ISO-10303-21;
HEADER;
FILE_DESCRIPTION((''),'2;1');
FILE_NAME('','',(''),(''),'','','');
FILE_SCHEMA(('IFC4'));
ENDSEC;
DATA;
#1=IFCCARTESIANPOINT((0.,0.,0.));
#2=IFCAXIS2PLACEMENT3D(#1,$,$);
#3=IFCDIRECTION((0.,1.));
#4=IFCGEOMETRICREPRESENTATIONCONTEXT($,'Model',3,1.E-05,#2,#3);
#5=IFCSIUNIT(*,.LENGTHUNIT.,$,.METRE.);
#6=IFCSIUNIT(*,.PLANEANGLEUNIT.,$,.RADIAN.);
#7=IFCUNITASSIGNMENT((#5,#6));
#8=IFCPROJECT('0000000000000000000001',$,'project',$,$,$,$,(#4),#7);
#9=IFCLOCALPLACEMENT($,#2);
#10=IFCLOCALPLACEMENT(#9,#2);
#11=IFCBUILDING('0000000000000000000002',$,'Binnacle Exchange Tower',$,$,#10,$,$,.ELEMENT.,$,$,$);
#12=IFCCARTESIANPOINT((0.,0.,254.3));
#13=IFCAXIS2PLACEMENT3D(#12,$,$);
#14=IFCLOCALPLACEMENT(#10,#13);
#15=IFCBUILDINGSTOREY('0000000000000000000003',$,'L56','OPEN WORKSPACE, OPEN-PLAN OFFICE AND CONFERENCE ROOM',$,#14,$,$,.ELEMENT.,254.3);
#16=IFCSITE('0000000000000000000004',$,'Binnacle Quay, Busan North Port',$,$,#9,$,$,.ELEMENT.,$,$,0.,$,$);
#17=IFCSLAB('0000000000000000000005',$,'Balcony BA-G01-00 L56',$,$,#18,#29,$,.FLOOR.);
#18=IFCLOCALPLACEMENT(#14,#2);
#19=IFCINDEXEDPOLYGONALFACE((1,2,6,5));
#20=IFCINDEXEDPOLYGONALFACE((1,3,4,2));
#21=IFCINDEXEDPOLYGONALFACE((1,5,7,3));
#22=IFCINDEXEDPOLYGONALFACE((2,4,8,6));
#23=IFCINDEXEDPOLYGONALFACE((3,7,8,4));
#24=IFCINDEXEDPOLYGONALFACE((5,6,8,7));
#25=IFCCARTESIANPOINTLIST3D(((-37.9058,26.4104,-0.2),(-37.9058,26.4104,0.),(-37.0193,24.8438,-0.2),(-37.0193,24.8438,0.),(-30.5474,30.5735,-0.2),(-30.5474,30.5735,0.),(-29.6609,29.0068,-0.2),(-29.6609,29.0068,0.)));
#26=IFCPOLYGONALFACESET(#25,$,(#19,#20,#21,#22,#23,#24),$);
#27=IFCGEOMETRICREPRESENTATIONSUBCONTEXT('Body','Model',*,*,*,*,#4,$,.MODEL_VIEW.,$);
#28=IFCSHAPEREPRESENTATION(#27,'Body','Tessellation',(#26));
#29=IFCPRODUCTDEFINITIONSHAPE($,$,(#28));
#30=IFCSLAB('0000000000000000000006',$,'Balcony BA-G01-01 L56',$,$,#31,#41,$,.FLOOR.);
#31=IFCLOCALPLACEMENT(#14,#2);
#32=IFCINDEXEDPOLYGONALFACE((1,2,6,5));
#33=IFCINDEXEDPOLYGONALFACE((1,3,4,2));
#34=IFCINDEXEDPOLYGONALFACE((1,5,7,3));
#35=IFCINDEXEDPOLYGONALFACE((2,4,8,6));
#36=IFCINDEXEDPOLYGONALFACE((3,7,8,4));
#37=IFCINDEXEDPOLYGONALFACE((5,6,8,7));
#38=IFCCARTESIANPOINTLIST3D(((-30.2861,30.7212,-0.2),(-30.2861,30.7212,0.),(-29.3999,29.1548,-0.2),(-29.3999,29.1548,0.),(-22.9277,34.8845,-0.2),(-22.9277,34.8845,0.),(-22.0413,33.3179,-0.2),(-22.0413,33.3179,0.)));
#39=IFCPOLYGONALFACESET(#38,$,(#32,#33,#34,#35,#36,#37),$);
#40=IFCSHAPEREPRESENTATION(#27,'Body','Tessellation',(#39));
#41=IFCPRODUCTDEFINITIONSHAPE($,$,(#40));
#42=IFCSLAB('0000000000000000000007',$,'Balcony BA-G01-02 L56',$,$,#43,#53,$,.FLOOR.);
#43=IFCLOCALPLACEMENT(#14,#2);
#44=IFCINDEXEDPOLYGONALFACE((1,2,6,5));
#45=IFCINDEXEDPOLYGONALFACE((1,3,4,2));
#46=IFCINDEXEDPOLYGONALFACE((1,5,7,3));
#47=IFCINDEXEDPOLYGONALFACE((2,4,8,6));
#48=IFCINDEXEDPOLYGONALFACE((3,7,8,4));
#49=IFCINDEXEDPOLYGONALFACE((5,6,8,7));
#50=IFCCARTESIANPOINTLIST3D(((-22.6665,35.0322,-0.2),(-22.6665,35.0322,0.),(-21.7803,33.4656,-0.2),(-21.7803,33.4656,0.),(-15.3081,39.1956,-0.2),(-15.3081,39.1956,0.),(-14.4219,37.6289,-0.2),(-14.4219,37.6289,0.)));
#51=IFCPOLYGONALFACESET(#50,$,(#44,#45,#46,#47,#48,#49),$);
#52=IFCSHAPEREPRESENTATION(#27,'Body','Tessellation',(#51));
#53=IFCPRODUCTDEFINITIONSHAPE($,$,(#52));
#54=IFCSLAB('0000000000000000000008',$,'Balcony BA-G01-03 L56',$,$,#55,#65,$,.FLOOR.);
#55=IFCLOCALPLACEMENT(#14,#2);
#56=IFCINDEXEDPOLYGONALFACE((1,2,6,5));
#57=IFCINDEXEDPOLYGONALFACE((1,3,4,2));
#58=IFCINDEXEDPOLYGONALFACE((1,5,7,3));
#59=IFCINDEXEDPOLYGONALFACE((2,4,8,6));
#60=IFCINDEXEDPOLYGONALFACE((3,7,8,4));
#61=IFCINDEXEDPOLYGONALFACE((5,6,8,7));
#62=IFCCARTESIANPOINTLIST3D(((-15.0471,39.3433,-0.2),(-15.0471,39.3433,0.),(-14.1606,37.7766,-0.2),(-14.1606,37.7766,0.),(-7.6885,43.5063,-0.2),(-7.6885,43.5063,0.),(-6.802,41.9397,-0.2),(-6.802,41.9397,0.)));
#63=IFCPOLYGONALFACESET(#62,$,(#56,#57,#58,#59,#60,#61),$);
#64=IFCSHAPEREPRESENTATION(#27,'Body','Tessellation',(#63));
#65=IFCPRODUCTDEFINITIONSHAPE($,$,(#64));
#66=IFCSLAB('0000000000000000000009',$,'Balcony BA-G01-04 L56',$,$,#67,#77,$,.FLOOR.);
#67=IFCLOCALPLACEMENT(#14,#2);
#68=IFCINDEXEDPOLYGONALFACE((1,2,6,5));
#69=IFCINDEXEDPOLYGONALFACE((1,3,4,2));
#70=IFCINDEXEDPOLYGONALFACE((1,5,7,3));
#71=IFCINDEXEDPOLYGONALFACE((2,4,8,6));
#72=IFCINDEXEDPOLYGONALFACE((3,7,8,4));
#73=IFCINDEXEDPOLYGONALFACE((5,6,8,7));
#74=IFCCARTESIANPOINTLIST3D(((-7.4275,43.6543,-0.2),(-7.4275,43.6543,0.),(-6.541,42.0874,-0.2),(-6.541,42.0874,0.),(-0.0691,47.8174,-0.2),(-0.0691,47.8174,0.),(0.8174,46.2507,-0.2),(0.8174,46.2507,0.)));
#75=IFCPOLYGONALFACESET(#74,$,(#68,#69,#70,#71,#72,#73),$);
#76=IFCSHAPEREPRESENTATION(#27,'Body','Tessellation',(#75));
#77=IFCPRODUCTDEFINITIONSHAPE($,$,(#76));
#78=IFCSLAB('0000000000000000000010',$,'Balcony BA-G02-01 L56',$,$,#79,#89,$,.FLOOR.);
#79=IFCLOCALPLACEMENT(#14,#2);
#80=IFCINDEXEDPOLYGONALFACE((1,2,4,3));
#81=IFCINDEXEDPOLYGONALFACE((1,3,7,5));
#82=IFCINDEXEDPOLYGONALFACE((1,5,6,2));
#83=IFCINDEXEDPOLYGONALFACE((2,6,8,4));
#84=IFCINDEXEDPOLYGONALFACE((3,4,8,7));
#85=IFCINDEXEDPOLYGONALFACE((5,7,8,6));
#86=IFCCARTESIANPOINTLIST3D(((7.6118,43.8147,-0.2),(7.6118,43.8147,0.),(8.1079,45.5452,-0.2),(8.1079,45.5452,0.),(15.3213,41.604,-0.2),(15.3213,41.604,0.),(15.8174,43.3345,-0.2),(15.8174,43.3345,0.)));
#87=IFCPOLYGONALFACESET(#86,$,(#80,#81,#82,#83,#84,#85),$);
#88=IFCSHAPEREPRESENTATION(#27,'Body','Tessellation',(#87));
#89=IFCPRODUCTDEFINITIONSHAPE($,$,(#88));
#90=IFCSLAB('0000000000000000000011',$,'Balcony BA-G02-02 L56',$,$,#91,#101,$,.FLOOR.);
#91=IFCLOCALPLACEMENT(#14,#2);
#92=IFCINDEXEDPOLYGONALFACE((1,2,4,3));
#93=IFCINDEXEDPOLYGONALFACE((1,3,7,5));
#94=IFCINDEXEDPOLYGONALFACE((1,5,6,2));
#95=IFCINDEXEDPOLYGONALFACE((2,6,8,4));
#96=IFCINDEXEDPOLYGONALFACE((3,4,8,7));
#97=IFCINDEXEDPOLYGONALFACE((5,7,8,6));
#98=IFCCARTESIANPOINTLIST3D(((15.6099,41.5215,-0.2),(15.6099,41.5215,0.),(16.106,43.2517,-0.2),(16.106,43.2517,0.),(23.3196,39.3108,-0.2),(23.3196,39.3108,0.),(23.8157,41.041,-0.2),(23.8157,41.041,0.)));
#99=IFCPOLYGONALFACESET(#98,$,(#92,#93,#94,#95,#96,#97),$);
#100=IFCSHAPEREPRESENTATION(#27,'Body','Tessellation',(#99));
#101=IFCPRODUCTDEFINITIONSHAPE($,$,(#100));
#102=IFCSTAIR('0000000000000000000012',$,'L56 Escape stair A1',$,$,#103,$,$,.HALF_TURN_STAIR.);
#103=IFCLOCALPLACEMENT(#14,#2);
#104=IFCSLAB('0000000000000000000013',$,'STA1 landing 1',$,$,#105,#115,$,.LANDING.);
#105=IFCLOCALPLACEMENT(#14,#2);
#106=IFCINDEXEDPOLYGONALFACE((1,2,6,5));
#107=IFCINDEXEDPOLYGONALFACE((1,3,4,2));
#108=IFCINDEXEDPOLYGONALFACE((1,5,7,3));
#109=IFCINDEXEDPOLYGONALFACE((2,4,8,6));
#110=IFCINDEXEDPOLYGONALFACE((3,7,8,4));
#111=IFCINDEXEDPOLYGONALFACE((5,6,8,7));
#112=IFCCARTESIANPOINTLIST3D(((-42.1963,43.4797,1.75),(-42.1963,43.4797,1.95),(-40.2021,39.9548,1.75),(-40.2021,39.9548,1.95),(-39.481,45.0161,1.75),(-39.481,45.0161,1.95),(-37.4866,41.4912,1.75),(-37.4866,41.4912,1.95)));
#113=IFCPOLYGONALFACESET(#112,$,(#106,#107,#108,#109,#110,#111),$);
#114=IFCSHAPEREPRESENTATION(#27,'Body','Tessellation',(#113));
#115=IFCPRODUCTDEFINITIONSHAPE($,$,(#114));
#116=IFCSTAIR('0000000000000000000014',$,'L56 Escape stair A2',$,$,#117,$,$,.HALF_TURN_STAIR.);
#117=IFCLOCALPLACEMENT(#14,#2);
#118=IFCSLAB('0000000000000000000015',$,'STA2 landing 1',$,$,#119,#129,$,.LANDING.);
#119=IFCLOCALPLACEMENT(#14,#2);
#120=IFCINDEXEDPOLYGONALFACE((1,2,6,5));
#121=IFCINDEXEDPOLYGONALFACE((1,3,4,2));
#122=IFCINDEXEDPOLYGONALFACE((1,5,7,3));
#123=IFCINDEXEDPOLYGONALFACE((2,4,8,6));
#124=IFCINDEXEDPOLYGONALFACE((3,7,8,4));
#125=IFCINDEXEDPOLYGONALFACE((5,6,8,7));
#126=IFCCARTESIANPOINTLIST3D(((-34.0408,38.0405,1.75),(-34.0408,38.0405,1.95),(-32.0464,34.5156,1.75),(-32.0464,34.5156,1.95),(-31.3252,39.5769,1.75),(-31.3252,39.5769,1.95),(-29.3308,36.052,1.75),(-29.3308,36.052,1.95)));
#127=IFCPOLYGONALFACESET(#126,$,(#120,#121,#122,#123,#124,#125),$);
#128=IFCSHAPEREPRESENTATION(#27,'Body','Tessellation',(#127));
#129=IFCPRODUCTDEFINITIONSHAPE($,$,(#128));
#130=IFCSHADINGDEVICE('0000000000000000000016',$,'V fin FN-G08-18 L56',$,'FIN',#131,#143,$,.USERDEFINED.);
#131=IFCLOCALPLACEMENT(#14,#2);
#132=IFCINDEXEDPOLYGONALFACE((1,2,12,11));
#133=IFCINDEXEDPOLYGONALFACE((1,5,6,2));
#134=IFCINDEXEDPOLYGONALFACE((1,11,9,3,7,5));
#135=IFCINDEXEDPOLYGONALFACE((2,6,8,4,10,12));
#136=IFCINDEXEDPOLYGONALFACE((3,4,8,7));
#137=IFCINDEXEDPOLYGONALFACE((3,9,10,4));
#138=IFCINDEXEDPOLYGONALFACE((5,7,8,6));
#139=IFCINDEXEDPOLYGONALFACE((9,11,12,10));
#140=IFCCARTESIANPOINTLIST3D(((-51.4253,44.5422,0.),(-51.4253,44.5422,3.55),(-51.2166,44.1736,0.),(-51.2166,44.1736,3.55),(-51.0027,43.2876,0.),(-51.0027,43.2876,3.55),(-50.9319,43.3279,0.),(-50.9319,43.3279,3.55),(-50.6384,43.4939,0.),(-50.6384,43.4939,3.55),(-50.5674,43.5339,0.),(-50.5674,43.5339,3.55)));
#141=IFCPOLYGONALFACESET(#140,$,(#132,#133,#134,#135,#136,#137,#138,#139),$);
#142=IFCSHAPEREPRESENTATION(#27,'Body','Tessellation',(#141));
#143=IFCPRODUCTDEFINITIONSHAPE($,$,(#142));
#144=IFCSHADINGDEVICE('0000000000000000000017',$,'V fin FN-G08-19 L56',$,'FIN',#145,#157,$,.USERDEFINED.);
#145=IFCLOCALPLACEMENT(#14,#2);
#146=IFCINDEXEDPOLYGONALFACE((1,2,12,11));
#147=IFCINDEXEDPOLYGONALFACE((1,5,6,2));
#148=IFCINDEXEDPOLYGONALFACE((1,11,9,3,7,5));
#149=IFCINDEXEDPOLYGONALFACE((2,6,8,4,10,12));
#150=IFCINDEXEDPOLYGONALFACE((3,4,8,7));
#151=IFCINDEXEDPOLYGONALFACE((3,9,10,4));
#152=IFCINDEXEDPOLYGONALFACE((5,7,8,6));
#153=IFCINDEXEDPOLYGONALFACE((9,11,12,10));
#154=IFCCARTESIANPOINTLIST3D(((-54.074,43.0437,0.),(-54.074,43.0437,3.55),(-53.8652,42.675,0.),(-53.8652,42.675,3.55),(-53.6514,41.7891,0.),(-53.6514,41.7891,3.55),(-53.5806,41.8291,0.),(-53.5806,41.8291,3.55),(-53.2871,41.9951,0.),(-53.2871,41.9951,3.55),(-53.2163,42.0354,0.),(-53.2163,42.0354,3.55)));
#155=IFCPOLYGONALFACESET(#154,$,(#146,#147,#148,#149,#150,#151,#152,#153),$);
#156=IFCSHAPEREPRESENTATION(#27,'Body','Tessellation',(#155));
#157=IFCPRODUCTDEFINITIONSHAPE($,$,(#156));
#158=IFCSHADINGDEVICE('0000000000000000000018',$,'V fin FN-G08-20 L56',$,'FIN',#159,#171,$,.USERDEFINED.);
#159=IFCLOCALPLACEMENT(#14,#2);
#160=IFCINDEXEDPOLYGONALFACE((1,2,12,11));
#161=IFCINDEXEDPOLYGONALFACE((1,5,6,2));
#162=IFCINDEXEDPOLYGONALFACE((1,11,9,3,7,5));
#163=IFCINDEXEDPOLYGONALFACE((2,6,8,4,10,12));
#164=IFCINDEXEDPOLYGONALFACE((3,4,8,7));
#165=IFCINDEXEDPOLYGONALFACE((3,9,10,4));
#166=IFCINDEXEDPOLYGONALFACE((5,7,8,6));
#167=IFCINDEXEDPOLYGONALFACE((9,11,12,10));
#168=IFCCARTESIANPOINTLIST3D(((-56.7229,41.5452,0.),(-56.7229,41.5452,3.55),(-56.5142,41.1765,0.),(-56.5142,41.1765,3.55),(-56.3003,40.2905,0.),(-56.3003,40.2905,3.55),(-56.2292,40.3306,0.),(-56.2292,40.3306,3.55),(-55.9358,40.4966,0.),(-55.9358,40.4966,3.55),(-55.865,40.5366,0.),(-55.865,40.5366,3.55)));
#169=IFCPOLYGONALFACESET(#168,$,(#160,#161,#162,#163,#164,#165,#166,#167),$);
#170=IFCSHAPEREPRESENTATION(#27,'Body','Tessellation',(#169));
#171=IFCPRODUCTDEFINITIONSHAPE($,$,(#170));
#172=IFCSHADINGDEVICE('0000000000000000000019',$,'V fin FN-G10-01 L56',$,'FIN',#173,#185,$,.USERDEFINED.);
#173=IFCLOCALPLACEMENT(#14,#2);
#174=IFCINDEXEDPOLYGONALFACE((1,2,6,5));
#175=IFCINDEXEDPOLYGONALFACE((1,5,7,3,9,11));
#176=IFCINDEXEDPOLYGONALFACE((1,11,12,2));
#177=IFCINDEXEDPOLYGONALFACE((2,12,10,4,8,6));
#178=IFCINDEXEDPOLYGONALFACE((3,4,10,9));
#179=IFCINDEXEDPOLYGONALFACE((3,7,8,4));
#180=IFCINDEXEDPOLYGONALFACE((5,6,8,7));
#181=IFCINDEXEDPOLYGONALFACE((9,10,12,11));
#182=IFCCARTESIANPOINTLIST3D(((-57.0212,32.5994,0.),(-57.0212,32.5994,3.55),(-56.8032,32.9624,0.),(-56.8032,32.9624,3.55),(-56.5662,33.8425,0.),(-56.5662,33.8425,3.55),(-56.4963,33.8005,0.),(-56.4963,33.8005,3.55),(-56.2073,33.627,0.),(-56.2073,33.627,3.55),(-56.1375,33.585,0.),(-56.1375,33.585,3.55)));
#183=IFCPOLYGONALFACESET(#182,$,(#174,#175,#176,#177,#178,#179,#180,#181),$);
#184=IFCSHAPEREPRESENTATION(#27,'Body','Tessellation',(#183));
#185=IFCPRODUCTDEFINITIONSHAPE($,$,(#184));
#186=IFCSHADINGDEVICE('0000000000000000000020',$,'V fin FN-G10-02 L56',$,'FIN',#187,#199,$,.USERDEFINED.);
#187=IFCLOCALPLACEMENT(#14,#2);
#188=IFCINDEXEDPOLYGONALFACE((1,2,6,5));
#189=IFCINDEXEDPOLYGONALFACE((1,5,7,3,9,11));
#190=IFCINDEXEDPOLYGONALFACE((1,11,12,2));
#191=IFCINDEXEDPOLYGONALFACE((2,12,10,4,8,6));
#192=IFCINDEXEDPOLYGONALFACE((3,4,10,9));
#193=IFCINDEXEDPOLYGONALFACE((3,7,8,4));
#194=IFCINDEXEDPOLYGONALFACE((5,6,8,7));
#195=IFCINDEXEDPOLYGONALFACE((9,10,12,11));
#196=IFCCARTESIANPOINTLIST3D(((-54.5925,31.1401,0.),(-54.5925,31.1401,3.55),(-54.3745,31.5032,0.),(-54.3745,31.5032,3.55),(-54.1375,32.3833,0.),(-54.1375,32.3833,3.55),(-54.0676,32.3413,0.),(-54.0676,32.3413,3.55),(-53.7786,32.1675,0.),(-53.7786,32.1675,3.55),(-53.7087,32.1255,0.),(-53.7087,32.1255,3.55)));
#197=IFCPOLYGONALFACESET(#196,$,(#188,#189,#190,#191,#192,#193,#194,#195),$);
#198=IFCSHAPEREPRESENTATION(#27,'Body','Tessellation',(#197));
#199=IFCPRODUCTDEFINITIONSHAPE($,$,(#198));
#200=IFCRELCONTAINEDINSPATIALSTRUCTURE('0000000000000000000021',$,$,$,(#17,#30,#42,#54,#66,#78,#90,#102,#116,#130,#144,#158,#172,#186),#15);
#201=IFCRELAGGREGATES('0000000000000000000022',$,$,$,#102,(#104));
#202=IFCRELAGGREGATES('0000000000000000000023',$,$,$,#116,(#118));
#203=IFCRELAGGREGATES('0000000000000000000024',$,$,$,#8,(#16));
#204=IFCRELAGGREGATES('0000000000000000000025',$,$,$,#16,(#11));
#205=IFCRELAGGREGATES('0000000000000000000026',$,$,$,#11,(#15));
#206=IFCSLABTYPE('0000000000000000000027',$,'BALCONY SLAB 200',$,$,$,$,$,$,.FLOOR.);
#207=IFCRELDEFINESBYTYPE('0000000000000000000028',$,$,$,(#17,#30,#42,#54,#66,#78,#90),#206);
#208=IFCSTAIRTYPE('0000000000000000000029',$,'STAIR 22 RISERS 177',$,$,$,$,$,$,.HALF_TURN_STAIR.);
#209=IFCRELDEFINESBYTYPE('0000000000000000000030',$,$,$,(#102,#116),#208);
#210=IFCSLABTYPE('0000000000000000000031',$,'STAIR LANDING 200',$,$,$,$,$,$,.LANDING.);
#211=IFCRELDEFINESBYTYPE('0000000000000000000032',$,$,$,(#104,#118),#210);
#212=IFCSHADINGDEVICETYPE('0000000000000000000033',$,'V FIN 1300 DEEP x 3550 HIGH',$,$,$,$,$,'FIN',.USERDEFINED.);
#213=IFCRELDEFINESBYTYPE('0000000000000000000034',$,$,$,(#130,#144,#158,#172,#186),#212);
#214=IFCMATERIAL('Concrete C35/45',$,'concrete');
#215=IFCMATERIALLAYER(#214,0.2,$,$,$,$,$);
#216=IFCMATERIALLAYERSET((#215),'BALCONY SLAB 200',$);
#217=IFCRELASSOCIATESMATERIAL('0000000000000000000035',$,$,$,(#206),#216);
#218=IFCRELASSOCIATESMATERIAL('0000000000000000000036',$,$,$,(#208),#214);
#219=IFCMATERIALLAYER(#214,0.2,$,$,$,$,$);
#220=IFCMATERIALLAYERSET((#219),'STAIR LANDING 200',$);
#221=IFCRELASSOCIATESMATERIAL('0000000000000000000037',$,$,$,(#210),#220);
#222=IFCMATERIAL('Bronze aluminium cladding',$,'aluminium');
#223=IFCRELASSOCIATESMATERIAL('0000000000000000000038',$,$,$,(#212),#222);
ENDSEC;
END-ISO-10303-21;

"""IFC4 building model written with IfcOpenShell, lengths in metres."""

from ifc_helpers import new_model, si_unit, direction, frame, origin, place, context, subcontext, project, spatial, polyline, outline, extrude, material, layer, layer_set, type_object, element, aggregate, save


model = new_model("IFC4")

# Units and contexts
model_context = context("Model", 3, precision=1e-05, world=origin(), true_north=direction((0.0, 1.0)))
body_context = subcontext(model_context, "Body", "Model", "MODEL_VIEW")
ifc_project = project(units=[si_unit("LENGTHUNIT", "METRE"), si_unit("PLANEANGLEUNIT", "RADIAN")], contexts=[model_context])

# Site, building, storey
site_placement = place(None, origin())
site = spatial("IfcSite", under=ifc_project, at=site_placement, Name="Binnacle Quay, Busan North Port", CompositionType="ELEMENT", RefElevation=0.0)
building_placement = place(site_placement, origin())
building = spatial("IfcBuilding", under=site, at=building_placement, Name="Binnacle Exchange Tower", CompositionType="ELEMENT")
storey_placement = place(building_placement, frame((0.0, 0.0, 254.3)))
storey = spatial("IfcBuildingStorey", under=building, at=storey_placement, Name="L56", Description="OPEN WORKSPACE, OPEN-PLAN OFFICE AND CONFERENCE ROOM", CompositionType="ELEMENT", Elevation=254.3)

# Slabs
ifc_material_1 = material(Name="Concrete C35/45", Category="concrete")
ifc_layer_1 = layer(ifc_material_1, 0.2)
ifc_layer_set_1 = layer_set([ifc_layer_1], Name="BALCONY SLAB 200")
slab_type_1 = type_object("IfcSlabType", Name="BALCONY SLAB 200", PredefinedType="FLOOR", material=ifc_layer_set_1)
slab_1_placement = place(storey_placement, frame((0.0, 0.0, -0.2)))
element("IfcSlab", 1, at=slab_1_placement, inside=storey, type_object=slab_type_1, Name="Balcony BA-G01-00 L56", PredefinedType="FLOOR", context=body_context, shape_type="SweptSolid", body=[
    extrude(outline(polyline([(-37.9058, 26.4104), (-30.5474, 30.5735), (-29.6609, 29.0068), (-37.0193, 24.8438), (-37.9058, 26.4104)])), origin(), (0.0, 0.0, 1.0), 0.2),
])
slab_2_placement = place(storey_placement, frame((0.0, 0.0, -0.2)))
element("IfcSlab", 2, at=slab_2_placement, inside=storey, type_object=slab_type_1, Name="Balcony BA-G01-01 L56", PredefinedType="FLOOR", context=body_context, shape_type="SweptSolid", body=[
    extrude(outline(polyline([(-30.2861, 30.7212), (-22.9277, 34.8845), (-22.0413, 33.3179), (-29.3999, 29.1548), (-30.2861, 30.7212)])), origin(), (0.0, 0.0, 1.0), 0.2),
])
slab_3_placement = place(storey_placement, frame((0.0, 0.0, -0.2)))
element("IfcSlab", 3, at=slab_3_placement, inside=storey, type_object=slab_type_1, Name="Balcony BA-G01-02 L56", PredefinedType="FLOOR", context=body_context, shape_type="SweptSolid", body=[
    extrude(outline(polyline([(-22.6665, 35.0322), (-15.3081, 39.1956), (-14.4219, 37.6289), (-21.7803, 33.4656), (-22.6665, 35.0322)])), origin(), (0.0, 0.0, 1.0), 0.2),
])
slab_4_placement = place(storey_placement, frame((0.0, 0.0, -0.2)))
element("IfcSlab", 4, at=slab_4_placement, inside=storey, type_object=slab_type_1, Name="Balcony BA-G01-03 L56", PredefinedType="FLOOR", context=body_context, shape_type="SweptSolid", body=[
    extrude(outline(polyline([(-15.0471, 39.3433), (-7.6885, 43.5063), (-6.802, 41.9397), (-14.1606, 37.7766), (-15.0471, 39.3433)])), origin(), (0.0, 0.0, 1.0), 0.2),
])
slab_5_placement = place(storey_placement, frame((0.0, 0.0, -0.2)))
element("IfcSlab", 5, at=slab_5_placement, inside=storey, type_object=slab_type_1, Name="Balcony BA-G01-04 L56", PredefinedType="FLOOR", context=body_context, shape_type="SweptSolid", body=[
    extrude(outline(polyline([(-7.4275, 43.6543), (-0.0691, 47.8174), (0.8174, 46.2507), (-6.541, 42.0874), (-7.4275, 43.6543)])), origin(), (0.0, 0.0, 1.0), 0.2),
])
slab_6_placement = place(storey_placement, frame((0.0, 0.0, -0.2)))
element("IfcSlab", 6, at=slab_6_placement, inside=storey, type_object=slab_type_1, Name="Balcony BA-G02-01 L56", PredefinedType="FLOOR", context=body_context, shape_type="SweptSolid", body=[
    extrude(outline(polyline([(8.1079, 45.5452), (15.8174, 43.3345), (15.3213, 41.604), (7.6118, 43.8147), (8.1079, 45.5452)])), origin(), (0.0, 0.0, 1.0), 0.2),
])
slab_7_placement = place(storey_placement, frame((0.0, 0.0, -0.2)))
element("IfcSlab", 7, at=slab_7_placement, inside=storey, type_object=slab_type_1, Name="Balcony BA-G02-02 L56", PredefinedType="FLOOR", context=body_context, shape_type="SweptSolid", body=[
    extrude(outline(polyline([(16.106, 43.2517), (23.8157, 41.041), (23.3196, 39.3108), (15.6099, 41.5215), (16.106, 43.2517)])), origin(), (0.0, 0.0, 1.0), 0.2),
])

# Stairs, slabs
stair_type = type_object("IfcStairType", Name="STAIR 22 RISERS 177", PredefinedType="HALF_TURN_STAIR", material=ifc_material_1)
stair_1_placement = place(storey_placement, origin())
stair_1 = element("IfcStair", 8, at=stair_1_placement, inside=storey, type_object=stair_type, Name="L56 Escape stair A1", PredefinedType="HALF_TURN_STAIR")
ifc_layer_2 = layer(ifc_material_1, 0.2)
ifc_layer_set_2 = layer_set([ifc_layer_2], Name="STAIR LANDING 200")
slab_type_2 = type_object("IfcSlabType", Name="STAIR LANDING 200", PredefinedType="LANDING", material=ifc_layer_set_2)
slab_8_placement = place(storey_placement, frame((0.0, 0.0, 1.75)))
slab_8 = element("IfcSlab", 9, at=slab_8_placement, type_object=slab_type_2, Name="STA1 landing 1", PredefinedType="LANDING", context=body_context, shape_type="SweptSolid", body=[
    extrude(outline(polyline([(-40.2021, 39.9548), (-37.4866, 41.4912), (-39.481, 45.0161), (-42.1963, 43.4797), (-40.2021, 39.9548)])), origin(), (0.0, 0.0, 1.0), 0.2),
])
aggregate(stair_1, [slab_8])
stair_2_placement = place(storey_placement, origin())
stair_2 = element("IfcStair", 10, at=stair_2_placement, inside=storey, type_object=stair_type, Name="L56 Escape stair A2", PredefinedType="HALF_TURN_STAIR")
slab_9_placement = place(storey_placement, frame((0.0, 0.0, 1.75)))
slab_9 = element("IfcSlab", 11, at=slab_9_placement, type_object=slab_type_2, Name="STA2 landing 1", PredefinedType="LANDING", context=body_context, shape_type="SweptSolid", body=[
    extrude(outline(polyline([(-31.3252, 39.5769), (-34.0408, 38.0405), (-32.0464, 34.5156), (-29.3308, 36.052), (-31.3252, 39.5769)])), origin(), (0.0, 0.0, 1.0), 0.2),
])
aggregate(stair_2, [slab_9])

# Shading devices
ifc_material_2 = material(Name="Bronze aluminium cladding", Category="aluminium")
shading_device_type = type_object("IfcShadingDeviceType", Name="V FIN 1300 DEEP x 3550 HIGH", ElementType="FIN", PredefinedType="USERDEFINED", material=ifc_material_2)
shading_device_1_placement = place(storey_placement, origin())
element("IfcShadingDevice", 12, at=shading_device_1_placement, inside=storey, type_object=shading_device_type, Name="V fin FN-G08-18 L56", ObjectType="FIN", PredefinedType="USERDEFINED", context=body_context, shape_type="SweptSolid", body=[
    extrude(outline(polyline([(-50.5674, 43.5339), (-51.4253, 44.5422), (-51.0027, 43.2876), (-50.9319, 43.3279), (-51.2166, 44.1736), (-50.6384, 43.4939), (-50.5674, 43.5339)])), origin(), (0.0, 0.0, 1.0), 3.55),
])
shading_device_2_placement = place(storey_placement, origin())
element("IfcShadingDevice", 13, at=shading_device_2_placement, inside=storey, type_object=shading_device_type, Name="V fin FN-G08-19 L56", ObjectType="FIN", PredefinedType="USERDEFINED", context=body_context, shape_type="SweptSolid", body=[
    extrude(outline(polyline([(-53.2163, 42.0354), (-54.074, 43.0437), (-53.6514, 41.7891), (-53.5806, 41.8291), (-53.8652, 42.675), (-53.2871, 41.9951), (-53.2163, 42.0354)])), origin(), (0.0, 0.0, 1.0), 3.55),
])
shading_device_3_placement = place(storey_placement, origin())
element("IfcShadingDevice", 14, at=shading_device_3_placement, inside=storey, type_object=shading_device_type, Name="V fin FN-G08-20 L56", ObjectType="FIN", PredefinedType="USERDEFINED", context=body_context, shape_type="SweptSolid", body=[
    extrude(outline(polyline([(-55.865, 40.5366), (-56.7229, 41.5452), (-56.3003, 40.2905), (-56.2292, 40.3306), (-56.5142, 41.1765), (-55.9358, 40.4966), (-55.865, 40.5366)])), origin(), (0.0, 0.0, 1.0), 3.55),
])
shading_device_4_placement = place(storey_placement, origin())
element("IfcShadingDevice", 15, at=shading_device_4_placement, inside=storey, type_object=shading_device_type, Name="V fin FN-G10-01 L56", ObjectType="FIN", PredefinedType="USERDEFINED", context=body_context, shape_type="SweptSolid", body=[
    extrude(outline(polyline([(-56.5662, 33.8425), (-57.0212, 32.5994), (-56.1375, 33.585), (-56.2073, 33.627), (-56.8032, 32.9624), (-56.4963, 33.8005), (-56.5662, 33.8425)])), origin(), (0.0, 0.0, 1.0), 3.55),
])
shading_device_5_placement = place(storey_placement, origin())
element("IfcShadingDevice", 16, at=shading_device_5_placement, inside=storey, type_object=shading_device_type, Name="V fin FN-G10-02 L56", ObjectType="FIN", PredefinedType="USERDEFINED", context=body_context, shape_type="SweptSolid", body=[
    extrude(outline(polyline([(-54.1375, 32.3833), (-54.5925, 31.1401), (-53.7087, 32.1255), (-53.7786, 32.1675), (-54.3745, 31.5032), (-54.0676, 32.3413), (-54.1375, 32.3833)])), origin(), (0.0, 0.0, 1.0), 3.55),
])

save(model, "model.ifc")
